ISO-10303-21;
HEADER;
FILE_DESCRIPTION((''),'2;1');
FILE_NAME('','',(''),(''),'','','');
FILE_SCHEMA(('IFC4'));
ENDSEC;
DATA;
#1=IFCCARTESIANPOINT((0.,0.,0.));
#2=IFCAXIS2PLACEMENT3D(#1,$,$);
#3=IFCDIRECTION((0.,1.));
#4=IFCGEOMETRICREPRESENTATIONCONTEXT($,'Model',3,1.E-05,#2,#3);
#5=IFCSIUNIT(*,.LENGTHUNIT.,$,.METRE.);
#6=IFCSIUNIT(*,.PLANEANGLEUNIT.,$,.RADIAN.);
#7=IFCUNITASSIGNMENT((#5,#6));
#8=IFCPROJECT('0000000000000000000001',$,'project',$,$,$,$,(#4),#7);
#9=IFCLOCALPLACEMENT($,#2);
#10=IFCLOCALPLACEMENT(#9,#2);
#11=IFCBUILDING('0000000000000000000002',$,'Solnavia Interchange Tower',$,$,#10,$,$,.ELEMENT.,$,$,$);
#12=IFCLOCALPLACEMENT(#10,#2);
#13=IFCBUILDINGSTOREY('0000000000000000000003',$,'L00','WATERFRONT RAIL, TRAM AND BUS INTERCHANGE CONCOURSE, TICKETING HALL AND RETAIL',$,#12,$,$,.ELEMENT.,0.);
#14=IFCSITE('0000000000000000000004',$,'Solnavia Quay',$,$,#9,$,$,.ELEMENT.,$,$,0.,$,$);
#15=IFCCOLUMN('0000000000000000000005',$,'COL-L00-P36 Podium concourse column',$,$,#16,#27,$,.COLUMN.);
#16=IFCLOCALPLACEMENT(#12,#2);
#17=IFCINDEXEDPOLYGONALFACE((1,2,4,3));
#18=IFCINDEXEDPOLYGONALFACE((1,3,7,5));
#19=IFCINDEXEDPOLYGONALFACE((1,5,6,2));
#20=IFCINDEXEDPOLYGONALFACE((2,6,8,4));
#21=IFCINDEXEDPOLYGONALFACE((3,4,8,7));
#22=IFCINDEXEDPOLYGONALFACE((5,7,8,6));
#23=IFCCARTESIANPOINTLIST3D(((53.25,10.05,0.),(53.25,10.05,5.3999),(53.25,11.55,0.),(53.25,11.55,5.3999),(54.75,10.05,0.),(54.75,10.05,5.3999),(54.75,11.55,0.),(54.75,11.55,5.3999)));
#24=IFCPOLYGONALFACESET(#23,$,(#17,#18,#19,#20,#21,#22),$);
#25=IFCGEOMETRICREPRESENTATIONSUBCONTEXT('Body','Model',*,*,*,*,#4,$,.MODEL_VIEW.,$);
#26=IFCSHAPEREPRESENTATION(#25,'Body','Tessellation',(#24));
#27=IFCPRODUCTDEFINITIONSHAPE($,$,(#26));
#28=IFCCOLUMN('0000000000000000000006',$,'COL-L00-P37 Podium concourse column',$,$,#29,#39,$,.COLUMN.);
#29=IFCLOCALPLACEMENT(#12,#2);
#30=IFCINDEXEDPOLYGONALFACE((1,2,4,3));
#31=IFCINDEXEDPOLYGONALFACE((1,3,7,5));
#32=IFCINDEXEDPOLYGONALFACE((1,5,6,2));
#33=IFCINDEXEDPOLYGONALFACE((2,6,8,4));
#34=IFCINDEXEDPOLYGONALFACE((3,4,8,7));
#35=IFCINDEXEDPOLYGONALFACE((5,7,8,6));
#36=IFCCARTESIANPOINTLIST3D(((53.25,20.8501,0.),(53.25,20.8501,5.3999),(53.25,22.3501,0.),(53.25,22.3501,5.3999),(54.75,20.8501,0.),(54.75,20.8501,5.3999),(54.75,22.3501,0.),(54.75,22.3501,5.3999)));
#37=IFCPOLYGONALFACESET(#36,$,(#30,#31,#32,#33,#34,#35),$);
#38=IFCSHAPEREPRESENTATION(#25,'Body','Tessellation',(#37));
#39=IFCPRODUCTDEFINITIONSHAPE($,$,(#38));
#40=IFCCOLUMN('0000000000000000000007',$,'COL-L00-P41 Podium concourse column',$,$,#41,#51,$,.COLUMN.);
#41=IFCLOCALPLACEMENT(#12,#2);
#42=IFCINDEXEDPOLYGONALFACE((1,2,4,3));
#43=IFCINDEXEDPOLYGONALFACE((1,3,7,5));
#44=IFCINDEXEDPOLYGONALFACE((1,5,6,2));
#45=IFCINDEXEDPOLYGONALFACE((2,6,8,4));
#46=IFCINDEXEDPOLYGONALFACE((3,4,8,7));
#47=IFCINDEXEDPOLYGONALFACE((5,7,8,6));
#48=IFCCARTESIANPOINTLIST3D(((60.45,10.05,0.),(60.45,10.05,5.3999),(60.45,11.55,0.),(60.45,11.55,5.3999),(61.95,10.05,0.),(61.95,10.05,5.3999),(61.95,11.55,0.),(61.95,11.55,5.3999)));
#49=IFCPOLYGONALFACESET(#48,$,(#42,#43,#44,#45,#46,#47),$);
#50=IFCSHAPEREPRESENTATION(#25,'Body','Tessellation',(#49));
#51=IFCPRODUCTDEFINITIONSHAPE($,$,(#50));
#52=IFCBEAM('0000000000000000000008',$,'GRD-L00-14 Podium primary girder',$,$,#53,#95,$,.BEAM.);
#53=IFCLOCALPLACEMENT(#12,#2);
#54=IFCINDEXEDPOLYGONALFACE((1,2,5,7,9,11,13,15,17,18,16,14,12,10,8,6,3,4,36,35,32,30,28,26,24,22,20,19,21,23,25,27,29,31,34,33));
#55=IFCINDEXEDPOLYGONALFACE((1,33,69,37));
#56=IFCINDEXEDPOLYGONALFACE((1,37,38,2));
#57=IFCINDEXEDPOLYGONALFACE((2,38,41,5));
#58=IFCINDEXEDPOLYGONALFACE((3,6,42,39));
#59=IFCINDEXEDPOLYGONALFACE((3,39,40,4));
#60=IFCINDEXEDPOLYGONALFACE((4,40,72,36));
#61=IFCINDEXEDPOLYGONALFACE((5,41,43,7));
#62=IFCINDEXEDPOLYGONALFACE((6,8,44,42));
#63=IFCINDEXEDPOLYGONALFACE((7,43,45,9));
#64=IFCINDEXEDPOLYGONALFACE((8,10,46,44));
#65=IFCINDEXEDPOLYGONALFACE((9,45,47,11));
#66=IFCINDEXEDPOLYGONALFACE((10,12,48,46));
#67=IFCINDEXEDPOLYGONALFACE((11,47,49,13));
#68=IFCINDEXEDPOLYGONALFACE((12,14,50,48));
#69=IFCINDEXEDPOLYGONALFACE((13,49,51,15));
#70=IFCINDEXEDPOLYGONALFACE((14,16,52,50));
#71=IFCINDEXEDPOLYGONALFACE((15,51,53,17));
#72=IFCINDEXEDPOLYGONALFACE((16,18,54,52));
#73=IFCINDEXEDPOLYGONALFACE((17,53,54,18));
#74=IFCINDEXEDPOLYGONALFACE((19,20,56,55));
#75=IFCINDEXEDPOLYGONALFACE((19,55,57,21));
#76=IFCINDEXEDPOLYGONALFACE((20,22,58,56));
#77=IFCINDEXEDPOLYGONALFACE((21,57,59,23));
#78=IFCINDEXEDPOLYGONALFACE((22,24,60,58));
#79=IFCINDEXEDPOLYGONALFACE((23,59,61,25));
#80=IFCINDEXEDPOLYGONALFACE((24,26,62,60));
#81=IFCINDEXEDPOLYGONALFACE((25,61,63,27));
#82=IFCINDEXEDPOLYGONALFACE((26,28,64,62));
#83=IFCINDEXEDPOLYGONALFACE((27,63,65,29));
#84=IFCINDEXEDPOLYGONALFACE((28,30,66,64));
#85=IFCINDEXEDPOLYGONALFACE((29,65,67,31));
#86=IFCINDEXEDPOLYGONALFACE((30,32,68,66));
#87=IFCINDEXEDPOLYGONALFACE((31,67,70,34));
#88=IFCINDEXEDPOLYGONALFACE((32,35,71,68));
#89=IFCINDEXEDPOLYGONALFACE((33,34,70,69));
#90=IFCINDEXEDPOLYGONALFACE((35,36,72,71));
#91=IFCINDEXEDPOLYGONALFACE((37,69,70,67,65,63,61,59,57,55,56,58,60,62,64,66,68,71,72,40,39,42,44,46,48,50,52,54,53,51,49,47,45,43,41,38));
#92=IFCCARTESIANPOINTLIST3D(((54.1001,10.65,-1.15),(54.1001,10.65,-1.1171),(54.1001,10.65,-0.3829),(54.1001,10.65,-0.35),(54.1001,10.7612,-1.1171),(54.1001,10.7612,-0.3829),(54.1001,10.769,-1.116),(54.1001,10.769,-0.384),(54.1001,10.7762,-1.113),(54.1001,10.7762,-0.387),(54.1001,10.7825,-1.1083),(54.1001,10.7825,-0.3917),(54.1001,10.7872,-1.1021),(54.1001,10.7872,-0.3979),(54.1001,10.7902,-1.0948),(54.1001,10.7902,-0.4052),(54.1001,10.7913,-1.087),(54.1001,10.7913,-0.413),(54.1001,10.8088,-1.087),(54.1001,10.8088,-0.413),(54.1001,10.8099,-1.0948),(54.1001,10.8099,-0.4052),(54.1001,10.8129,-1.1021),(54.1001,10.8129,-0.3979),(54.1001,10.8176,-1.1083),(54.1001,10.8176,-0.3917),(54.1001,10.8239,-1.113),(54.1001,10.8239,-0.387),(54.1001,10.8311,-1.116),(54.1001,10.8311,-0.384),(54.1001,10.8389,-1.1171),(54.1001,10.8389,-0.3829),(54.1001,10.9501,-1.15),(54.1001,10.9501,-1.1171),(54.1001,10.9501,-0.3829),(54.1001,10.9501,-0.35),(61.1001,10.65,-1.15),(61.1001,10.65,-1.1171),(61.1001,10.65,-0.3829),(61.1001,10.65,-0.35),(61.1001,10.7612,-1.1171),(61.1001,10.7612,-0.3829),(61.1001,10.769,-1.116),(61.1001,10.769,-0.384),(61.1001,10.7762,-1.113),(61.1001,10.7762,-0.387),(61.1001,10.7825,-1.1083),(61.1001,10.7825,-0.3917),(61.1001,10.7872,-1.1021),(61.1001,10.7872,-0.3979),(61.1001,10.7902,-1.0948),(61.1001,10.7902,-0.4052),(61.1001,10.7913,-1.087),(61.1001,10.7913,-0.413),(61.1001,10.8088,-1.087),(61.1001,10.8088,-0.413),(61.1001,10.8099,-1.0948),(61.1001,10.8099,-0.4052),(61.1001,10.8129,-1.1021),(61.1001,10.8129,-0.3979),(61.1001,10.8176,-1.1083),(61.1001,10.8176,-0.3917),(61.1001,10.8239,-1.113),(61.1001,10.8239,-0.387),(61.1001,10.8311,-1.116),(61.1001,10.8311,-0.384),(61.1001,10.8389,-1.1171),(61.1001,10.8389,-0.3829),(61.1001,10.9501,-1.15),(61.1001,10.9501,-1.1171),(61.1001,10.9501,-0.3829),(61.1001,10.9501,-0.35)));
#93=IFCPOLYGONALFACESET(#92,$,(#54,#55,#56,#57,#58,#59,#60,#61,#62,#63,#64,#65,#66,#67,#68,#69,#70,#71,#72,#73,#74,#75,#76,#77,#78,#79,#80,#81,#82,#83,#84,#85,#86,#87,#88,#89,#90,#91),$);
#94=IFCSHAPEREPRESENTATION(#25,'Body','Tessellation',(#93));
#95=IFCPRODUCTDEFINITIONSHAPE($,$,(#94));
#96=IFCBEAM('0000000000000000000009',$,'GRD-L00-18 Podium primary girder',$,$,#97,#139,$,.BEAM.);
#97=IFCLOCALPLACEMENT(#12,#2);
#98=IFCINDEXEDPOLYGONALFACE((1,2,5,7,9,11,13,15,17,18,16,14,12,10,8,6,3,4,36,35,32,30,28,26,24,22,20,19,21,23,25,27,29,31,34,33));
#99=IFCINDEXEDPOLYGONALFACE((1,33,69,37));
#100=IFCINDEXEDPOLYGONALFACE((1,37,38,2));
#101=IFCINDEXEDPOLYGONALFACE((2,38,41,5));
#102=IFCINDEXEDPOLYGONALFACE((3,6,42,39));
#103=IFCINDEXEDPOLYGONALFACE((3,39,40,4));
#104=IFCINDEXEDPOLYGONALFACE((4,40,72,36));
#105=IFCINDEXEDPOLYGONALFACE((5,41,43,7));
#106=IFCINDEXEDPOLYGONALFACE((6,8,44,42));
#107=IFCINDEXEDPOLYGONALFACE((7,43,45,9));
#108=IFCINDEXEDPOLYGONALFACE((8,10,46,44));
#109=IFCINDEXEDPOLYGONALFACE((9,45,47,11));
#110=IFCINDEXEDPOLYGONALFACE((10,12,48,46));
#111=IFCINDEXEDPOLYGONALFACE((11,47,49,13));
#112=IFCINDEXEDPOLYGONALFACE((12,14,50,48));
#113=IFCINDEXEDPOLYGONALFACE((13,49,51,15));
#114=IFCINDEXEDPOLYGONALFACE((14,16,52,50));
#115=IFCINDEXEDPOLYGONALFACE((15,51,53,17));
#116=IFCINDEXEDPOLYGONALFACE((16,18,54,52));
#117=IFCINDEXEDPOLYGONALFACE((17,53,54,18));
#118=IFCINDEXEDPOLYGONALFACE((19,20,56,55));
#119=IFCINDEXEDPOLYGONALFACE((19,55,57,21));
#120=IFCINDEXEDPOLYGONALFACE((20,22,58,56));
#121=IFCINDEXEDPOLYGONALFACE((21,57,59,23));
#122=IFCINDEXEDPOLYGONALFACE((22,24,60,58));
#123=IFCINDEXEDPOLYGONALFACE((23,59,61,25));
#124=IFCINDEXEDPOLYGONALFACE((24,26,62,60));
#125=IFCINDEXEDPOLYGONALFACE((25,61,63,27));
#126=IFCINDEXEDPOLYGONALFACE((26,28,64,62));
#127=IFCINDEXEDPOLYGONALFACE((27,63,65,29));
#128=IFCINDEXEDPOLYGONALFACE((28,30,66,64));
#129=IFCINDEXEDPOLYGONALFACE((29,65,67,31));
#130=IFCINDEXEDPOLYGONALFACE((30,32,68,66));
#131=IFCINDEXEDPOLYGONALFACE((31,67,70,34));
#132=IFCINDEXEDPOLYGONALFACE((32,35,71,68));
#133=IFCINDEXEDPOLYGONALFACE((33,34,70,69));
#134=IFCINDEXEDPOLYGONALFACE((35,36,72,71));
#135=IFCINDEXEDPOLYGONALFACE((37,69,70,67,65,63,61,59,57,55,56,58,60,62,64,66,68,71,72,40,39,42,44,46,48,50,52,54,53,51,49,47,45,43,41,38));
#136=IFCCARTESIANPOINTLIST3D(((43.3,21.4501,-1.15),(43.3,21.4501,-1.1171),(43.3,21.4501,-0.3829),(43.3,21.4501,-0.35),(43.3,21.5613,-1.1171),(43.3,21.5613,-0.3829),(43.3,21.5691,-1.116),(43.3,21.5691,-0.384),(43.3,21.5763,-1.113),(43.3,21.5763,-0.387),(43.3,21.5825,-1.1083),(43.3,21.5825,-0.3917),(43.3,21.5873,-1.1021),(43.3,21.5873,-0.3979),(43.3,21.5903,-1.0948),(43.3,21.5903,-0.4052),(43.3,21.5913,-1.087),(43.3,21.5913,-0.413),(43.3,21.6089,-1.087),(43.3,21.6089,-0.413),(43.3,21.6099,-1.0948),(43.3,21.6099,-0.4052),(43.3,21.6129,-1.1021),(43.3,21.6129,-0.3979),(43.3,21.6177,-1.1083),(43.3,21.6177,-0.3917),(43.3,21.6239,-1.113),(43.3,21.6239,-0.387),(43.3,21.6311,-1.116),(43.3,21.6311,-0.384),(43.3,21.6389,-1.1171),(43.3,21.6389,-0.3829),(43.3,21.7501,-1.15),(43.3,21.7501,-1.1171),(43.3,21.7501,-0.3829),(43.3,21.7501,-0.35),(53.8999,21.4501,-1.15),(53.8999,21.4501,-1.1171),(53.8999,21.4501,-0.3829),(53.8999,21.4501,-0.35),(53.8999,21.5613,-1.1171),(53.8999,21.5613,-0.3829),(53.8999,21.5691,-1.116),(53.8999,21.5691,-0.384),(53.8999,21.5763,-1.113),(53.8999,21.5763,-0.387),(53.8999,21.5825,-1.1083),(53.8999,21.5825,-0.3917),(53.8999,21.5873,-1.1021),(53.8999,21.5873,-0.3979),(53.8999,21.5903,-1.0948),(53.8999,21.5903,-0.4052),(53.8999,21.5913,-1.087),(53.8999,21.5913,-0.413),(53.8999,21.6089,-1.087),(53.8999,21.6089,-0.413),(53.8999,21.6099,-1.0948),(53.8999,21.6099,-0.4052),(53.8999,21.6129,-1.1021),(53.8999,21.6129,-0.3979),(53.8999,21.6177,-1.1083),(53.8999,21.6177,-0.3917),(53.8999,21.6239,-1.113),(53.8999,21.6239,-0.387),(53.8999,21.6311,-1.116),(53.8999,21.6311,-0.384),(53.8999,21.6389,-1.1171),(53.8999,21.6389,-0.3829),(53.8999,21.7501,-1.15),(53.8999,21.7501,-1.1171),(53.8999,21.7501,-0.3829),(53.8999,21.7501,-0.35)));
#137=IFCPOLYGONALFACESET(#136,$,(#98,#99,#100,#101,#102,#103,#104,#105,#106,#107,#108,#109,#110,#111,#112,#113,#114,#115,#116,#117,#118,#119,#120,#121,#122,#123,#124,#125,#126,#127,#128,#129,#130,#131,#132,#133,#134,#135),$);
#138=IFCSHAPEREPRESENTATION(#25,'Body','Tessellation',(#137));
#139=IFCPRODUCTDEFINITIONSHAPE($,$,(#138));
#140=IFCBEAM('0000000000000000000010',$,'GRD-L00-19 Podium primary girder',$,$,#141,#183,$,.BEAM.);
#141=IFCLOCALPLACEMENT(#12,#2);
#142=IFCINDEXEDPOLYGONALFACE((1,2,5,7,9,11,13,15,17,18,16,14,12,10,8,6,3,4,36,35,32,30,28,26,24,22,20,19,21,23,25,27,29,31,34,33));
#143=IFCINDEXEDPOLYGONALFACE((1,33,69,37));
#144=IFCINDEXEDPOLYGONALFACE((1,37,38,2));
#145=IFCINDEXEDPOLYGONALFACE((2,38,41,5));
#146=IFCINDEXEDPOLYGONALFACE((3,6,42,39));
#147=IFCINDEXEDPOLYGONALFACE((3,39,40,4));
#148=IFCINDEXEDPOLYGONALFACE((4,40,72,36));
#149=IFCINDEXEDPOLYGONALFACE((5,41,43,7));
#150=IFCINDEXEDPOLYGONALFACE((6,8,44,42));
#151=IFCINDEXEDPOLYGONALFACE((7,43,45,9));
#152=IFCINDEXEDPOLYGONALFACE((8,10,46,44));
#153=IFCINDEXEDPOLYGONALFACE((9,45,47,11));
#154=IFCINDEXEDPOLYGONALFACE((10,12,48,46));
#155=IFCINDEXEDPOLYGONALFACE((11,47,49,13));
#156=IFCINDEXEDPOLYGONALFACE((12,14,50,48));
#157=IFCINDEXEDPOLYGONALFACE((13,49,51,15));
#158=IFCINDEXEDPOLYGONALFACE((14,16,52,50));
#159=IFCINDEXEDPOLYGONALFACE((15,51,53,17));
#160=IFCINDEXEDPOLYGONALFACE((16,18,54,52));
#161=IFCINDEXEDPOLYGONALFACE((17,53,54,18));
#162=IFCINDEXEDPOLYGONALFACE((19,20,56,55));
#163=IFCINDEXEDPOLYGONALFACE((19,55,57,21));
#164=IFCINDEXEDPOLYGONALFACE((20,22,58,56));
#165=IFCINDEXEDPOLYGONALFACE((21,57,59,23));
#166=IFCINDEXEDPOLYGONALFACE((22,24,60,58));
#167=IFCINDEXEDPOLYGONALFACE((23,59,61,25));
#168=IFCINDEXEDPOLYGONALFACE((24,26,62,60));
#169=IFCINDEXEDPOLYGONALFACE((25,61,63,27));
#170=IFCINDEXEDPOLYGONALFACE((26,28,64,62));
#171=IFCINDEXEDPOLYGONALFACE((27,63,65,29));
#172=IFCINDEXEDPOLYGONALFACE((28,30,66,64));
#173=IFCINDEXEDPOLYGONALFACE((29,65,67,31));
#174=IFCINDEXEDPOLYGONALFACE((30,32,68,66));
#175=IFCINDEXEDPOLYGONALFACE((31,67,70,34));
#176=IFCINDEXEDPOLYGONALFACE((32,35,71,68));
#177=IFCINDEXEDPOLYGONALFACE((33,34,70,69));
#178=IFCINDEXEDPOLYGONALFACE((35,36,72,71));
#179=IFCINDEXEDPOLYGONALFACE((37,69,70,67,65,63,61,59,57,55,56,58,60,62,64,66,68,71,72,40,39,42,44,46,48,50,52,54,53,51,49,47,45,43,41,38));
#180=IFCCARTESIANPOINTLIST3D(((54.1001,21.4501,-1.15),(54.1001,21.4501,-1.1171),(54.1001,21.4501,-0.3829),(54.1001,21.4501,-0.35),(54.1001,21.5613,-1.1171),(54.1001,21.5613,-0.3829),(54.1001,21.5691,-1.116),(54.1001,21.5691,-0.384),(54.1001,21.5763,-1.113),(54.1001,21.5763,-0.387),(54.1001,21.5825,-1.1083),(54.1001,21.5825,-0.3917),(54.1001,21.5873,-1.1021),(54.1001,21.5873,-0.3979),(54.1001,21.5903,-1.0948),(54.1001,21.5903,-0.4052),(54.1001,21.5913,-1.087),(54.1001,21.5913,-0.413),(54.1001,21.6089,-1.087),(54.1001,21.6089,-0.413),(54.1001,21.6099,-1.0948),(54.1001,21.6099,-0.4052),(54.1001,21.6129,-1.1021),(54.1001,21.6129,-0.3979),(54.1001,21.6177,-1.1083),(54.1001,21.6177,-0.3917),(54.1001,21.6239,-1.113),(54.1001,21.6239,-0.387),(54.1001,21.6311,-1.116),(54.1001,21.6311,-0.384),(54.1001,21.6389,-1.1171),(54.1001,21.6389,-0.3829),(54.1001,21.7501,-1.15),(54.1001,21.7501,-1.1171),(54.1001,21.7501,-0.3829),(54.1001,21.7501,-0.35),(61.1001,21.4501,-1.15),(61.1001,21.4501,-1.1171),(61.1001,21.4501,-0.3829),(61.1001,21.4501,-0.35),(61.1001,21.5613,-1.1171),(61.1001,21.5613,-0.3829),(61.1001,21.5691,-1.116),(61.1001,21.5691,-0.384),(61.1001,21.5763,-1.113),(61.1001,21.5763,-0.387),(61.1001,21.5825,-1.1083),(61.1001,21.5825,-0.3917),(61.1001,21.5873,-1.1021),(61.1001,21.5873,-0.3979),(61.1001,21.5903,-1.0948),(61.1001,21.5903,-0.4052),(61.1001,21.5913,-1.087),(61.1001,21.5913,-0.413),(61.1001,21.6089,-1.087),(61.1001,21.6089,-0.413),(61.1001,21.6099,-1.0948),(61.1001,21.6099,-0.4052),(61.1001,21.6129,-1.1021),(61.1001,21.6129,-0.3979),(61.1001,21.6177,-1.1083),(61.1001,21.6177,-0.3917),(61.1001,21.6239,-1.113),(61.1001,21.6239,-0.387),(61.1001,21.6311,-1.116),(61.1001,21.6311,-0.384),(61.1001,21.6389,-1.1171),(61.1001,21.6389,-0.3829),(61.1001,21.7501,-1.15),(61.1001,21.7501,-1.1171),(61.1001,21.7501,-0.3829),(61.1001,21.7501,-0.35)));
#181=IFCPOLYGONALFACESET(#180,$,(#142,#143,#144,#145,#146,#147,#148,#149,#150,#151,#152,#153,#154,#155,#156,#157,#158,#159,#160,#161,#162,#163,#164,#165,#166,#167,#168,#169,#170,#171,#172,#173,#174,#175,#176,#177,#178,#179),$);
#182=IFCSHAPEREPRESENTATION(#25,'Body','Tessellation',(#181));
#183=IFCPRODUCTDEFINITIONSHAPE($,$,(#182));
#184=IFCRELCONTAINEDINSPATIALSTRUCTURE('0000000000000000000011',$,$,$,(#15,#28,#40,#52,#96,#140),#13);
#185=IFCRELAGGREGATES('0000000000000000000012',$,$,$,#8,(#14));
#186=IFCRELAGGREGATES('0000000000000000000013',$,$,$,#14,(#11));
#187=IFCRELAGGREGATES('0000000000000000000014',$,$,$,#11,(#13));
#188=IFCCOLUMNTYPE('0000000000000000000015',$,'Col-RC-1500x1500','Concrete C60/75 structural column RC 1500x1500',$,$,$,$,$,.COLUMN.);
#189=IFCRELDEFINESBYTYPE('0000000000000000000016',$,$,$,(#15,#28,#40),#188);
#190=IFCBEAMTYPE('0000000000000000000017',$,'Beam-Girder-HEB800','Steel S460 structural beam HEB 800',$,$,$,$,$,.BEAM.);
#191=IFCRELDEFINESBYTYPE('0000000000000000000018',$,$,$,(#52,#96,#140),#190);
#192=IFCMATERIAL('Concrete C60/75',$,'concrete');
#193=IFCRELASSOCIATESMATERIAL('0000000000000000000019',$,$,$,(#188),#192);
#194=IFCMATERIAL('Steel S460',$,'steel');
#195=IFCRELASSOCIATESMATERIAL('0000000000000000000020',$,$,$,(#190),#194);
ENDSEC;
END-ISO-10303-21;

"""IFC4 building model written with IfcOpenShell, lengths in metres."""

from ifc_helpers import new_model, si_unit, direction, frame, origin, origin_2d, place, context, subcontext, project, spatial, rectangle, i_section, extrude, material, material_profile, profile_set, type_object, element, save


model = new_model("IFC4")

# Units and contexts
model_context = context("Model", 3, precision=1e-05, world=origin(), true_north=direction((0.0, 1.0)))
body_context = subcontext(model_context, "Body", "Model", "MODEL_VIEW")
ifc_project = project(units=[si_unit("LENGTHUNIT", "METRE"), si_unit("PLANEANGLEUNIT", "RADIAN")], contexts=[model_context])

# Site, building, storey
site_placement = place(None, origin())
site = spatial("IfcSite", under=ifc_project, at=site_placement, Name="Solnavia Quay", CompositionType="ELEMENT", RefElevation=0.0)
building_placement = place(site_placement, origin())
building = spatial("IfcBuilding", under=site, at=building_placement, Name="Solnavia Interchange Tower", CompositionType="ELEMENT")
storey_placement = place(building_placement, origin())
storey = spatial("IfcBuildingStorey", under=building, at=storey_placement, Name="L00", Description="WATERFRONT RAIL, TRAM AND BUS INTERCHANGE CONCOURSE, TICKETING HALL AND RETAIL", CompositionType="ELEMENT", Elevation=0.0)

# Columns
ifc_material_1 = material(Name="Concrete C60/75", Category="concrete")
ifc_material_profile_1 = material_profile(ifc_material_1, rectangle(XDim=1.5, YDim=1.5, at=origin_2d()), Name="RC 1500x1500")
ifc_profile_set_1 = profile_set([ifc_material_profile_1], Name="Concrete C60/75")
column_type = type_object("IfcColumnType", Name="Col-RC-1500x1500", Description="Concrete C60/75 structural column RC 1500x1500", PredefinedType="COLUMN", material=ifc_profile_set_1)
for number, where, z_axis, x_axis, name in (
    (1, (54.0, 10.8, 0.0), (0.0, 0.0, 1.0), (1.0, 0.0, 0.0), "COL-L00-P36 Podium concourse column"),
    (2, (54.0, 21.6001, 0.0), (0.0, 0.0, 1.0), (1.0, 0.0, 0.0), "COL-L00-P37 Podium concourse column"),
    (3, (61.2, 10.8, 0.0), (0.0, 0.0, 1.0), (1.0, 0.0, 0.0), "COL-L00-P41 Podium concourse column"),
):
    element("IfcColumn", number, at=place(storey_placement, frame(where, z_axis=z_axis, x_axis=x_axis)), inside=storey, type_object=column_type, Name=name, PredefinedType="COLUMN", context=body_context, shape_type="SweptSolid", body=[
        extrude(rectangle(XDim=1.5, YDim=1.5, at=origin_2d()), origin(), (0.0, 0.0, 1.0), 5.3999),
    ])

# Beams
ifc_material_2 = material(Name="Steel S460", Category="steel")
ifc_material_profile_2 = material_profile(ifc_material_2, i_section(OverallWidth=0.3, OverallDepth=0.8, WebThickness=0.0176, FlangeThickness=0.033, FilletRadius=0.03, at=origin_2d()), Name="HEB 800")
ifc_profile_set_2 = profile_set([ifc_material_profile_2], Name="Steel S460")
beam_type_1 = type_object("IfcBeamType", Name="Beam-Girder-HEB800", Description="Steel S460 structural beam HEB 800", PredefinedType="BEAM", material=ifc_profile_set_2)
beam_1_placement = place(storey_placement, frame((54.1001, 10.8, -0.75), z_axis=(1.0, 0.0, 0.0), x_axis=(0.0, 1.0, 0.0)))
element("IfcBeam", 4, at=beam_1_placement, inside=storey, type_object=beam_type_1, Name="GRD-L00-14 Podium primary girder", PredefinedType="BEAM", context=body_context, shape_type="SweptSolid", body=[
    extrude(i_section(OverallWidth=0.3, OverallDepth=0.8, WebThickness=0.0176, FlangeThickness=0.033, FilletRadius=0.03, at=origin_2d()), origin(), (0.0, 0.0, 1.0), 7.0),
])
beam_2_placement = place(storey_placement, frame((43.3, 21.6001, -0.75), z_axis=(1.0, 0.0, 0.0), x_axis=(0.0, 1.0, 0.0)))
element("IfcBeam", 5, at=beam_2_placement, inside=storey, type_object=beam_type_1, Name="GRD-L00-18 Podium primary girder", PredefinedType="BEAM", context=body_context, shape_type="SweptSolid", body=[
    extrude(i_section(OverallWidth=0.3, OverallDepth=0.8, WebThickness=0.0176, FlangeThickness=0.033, FilletRadius=0.03, at=origin_2d()), origin(), (0.0, 0.0, 1.0), 10.5999),
])
beam_3_placement = place(storey_placement, frame((54.1001, 21.6001, -0.75), z_axis=(1.0, 0.0, 0.0), x_axis=(0.0, 1.0, 0.0)))
element("IfcBeam", 6, at=beam_3_placement, inside=storey, type_object=beam_type_1, Name="GRD-L00-19 Podium primary girder", PredefinedType="BEAM", context=body_context, shape_type="SweptSolid", body=[
    extrude(i_section(OverallWidth=0.3, OverallDepth=0.8, WebThickness=0.0176, FlangeThickness=0.033, FilletRadius=0.03, at=origin_2d()), origin(), (0.0, 0.0, 1.0), 7.0),
])

save(model, "model.ifc")
